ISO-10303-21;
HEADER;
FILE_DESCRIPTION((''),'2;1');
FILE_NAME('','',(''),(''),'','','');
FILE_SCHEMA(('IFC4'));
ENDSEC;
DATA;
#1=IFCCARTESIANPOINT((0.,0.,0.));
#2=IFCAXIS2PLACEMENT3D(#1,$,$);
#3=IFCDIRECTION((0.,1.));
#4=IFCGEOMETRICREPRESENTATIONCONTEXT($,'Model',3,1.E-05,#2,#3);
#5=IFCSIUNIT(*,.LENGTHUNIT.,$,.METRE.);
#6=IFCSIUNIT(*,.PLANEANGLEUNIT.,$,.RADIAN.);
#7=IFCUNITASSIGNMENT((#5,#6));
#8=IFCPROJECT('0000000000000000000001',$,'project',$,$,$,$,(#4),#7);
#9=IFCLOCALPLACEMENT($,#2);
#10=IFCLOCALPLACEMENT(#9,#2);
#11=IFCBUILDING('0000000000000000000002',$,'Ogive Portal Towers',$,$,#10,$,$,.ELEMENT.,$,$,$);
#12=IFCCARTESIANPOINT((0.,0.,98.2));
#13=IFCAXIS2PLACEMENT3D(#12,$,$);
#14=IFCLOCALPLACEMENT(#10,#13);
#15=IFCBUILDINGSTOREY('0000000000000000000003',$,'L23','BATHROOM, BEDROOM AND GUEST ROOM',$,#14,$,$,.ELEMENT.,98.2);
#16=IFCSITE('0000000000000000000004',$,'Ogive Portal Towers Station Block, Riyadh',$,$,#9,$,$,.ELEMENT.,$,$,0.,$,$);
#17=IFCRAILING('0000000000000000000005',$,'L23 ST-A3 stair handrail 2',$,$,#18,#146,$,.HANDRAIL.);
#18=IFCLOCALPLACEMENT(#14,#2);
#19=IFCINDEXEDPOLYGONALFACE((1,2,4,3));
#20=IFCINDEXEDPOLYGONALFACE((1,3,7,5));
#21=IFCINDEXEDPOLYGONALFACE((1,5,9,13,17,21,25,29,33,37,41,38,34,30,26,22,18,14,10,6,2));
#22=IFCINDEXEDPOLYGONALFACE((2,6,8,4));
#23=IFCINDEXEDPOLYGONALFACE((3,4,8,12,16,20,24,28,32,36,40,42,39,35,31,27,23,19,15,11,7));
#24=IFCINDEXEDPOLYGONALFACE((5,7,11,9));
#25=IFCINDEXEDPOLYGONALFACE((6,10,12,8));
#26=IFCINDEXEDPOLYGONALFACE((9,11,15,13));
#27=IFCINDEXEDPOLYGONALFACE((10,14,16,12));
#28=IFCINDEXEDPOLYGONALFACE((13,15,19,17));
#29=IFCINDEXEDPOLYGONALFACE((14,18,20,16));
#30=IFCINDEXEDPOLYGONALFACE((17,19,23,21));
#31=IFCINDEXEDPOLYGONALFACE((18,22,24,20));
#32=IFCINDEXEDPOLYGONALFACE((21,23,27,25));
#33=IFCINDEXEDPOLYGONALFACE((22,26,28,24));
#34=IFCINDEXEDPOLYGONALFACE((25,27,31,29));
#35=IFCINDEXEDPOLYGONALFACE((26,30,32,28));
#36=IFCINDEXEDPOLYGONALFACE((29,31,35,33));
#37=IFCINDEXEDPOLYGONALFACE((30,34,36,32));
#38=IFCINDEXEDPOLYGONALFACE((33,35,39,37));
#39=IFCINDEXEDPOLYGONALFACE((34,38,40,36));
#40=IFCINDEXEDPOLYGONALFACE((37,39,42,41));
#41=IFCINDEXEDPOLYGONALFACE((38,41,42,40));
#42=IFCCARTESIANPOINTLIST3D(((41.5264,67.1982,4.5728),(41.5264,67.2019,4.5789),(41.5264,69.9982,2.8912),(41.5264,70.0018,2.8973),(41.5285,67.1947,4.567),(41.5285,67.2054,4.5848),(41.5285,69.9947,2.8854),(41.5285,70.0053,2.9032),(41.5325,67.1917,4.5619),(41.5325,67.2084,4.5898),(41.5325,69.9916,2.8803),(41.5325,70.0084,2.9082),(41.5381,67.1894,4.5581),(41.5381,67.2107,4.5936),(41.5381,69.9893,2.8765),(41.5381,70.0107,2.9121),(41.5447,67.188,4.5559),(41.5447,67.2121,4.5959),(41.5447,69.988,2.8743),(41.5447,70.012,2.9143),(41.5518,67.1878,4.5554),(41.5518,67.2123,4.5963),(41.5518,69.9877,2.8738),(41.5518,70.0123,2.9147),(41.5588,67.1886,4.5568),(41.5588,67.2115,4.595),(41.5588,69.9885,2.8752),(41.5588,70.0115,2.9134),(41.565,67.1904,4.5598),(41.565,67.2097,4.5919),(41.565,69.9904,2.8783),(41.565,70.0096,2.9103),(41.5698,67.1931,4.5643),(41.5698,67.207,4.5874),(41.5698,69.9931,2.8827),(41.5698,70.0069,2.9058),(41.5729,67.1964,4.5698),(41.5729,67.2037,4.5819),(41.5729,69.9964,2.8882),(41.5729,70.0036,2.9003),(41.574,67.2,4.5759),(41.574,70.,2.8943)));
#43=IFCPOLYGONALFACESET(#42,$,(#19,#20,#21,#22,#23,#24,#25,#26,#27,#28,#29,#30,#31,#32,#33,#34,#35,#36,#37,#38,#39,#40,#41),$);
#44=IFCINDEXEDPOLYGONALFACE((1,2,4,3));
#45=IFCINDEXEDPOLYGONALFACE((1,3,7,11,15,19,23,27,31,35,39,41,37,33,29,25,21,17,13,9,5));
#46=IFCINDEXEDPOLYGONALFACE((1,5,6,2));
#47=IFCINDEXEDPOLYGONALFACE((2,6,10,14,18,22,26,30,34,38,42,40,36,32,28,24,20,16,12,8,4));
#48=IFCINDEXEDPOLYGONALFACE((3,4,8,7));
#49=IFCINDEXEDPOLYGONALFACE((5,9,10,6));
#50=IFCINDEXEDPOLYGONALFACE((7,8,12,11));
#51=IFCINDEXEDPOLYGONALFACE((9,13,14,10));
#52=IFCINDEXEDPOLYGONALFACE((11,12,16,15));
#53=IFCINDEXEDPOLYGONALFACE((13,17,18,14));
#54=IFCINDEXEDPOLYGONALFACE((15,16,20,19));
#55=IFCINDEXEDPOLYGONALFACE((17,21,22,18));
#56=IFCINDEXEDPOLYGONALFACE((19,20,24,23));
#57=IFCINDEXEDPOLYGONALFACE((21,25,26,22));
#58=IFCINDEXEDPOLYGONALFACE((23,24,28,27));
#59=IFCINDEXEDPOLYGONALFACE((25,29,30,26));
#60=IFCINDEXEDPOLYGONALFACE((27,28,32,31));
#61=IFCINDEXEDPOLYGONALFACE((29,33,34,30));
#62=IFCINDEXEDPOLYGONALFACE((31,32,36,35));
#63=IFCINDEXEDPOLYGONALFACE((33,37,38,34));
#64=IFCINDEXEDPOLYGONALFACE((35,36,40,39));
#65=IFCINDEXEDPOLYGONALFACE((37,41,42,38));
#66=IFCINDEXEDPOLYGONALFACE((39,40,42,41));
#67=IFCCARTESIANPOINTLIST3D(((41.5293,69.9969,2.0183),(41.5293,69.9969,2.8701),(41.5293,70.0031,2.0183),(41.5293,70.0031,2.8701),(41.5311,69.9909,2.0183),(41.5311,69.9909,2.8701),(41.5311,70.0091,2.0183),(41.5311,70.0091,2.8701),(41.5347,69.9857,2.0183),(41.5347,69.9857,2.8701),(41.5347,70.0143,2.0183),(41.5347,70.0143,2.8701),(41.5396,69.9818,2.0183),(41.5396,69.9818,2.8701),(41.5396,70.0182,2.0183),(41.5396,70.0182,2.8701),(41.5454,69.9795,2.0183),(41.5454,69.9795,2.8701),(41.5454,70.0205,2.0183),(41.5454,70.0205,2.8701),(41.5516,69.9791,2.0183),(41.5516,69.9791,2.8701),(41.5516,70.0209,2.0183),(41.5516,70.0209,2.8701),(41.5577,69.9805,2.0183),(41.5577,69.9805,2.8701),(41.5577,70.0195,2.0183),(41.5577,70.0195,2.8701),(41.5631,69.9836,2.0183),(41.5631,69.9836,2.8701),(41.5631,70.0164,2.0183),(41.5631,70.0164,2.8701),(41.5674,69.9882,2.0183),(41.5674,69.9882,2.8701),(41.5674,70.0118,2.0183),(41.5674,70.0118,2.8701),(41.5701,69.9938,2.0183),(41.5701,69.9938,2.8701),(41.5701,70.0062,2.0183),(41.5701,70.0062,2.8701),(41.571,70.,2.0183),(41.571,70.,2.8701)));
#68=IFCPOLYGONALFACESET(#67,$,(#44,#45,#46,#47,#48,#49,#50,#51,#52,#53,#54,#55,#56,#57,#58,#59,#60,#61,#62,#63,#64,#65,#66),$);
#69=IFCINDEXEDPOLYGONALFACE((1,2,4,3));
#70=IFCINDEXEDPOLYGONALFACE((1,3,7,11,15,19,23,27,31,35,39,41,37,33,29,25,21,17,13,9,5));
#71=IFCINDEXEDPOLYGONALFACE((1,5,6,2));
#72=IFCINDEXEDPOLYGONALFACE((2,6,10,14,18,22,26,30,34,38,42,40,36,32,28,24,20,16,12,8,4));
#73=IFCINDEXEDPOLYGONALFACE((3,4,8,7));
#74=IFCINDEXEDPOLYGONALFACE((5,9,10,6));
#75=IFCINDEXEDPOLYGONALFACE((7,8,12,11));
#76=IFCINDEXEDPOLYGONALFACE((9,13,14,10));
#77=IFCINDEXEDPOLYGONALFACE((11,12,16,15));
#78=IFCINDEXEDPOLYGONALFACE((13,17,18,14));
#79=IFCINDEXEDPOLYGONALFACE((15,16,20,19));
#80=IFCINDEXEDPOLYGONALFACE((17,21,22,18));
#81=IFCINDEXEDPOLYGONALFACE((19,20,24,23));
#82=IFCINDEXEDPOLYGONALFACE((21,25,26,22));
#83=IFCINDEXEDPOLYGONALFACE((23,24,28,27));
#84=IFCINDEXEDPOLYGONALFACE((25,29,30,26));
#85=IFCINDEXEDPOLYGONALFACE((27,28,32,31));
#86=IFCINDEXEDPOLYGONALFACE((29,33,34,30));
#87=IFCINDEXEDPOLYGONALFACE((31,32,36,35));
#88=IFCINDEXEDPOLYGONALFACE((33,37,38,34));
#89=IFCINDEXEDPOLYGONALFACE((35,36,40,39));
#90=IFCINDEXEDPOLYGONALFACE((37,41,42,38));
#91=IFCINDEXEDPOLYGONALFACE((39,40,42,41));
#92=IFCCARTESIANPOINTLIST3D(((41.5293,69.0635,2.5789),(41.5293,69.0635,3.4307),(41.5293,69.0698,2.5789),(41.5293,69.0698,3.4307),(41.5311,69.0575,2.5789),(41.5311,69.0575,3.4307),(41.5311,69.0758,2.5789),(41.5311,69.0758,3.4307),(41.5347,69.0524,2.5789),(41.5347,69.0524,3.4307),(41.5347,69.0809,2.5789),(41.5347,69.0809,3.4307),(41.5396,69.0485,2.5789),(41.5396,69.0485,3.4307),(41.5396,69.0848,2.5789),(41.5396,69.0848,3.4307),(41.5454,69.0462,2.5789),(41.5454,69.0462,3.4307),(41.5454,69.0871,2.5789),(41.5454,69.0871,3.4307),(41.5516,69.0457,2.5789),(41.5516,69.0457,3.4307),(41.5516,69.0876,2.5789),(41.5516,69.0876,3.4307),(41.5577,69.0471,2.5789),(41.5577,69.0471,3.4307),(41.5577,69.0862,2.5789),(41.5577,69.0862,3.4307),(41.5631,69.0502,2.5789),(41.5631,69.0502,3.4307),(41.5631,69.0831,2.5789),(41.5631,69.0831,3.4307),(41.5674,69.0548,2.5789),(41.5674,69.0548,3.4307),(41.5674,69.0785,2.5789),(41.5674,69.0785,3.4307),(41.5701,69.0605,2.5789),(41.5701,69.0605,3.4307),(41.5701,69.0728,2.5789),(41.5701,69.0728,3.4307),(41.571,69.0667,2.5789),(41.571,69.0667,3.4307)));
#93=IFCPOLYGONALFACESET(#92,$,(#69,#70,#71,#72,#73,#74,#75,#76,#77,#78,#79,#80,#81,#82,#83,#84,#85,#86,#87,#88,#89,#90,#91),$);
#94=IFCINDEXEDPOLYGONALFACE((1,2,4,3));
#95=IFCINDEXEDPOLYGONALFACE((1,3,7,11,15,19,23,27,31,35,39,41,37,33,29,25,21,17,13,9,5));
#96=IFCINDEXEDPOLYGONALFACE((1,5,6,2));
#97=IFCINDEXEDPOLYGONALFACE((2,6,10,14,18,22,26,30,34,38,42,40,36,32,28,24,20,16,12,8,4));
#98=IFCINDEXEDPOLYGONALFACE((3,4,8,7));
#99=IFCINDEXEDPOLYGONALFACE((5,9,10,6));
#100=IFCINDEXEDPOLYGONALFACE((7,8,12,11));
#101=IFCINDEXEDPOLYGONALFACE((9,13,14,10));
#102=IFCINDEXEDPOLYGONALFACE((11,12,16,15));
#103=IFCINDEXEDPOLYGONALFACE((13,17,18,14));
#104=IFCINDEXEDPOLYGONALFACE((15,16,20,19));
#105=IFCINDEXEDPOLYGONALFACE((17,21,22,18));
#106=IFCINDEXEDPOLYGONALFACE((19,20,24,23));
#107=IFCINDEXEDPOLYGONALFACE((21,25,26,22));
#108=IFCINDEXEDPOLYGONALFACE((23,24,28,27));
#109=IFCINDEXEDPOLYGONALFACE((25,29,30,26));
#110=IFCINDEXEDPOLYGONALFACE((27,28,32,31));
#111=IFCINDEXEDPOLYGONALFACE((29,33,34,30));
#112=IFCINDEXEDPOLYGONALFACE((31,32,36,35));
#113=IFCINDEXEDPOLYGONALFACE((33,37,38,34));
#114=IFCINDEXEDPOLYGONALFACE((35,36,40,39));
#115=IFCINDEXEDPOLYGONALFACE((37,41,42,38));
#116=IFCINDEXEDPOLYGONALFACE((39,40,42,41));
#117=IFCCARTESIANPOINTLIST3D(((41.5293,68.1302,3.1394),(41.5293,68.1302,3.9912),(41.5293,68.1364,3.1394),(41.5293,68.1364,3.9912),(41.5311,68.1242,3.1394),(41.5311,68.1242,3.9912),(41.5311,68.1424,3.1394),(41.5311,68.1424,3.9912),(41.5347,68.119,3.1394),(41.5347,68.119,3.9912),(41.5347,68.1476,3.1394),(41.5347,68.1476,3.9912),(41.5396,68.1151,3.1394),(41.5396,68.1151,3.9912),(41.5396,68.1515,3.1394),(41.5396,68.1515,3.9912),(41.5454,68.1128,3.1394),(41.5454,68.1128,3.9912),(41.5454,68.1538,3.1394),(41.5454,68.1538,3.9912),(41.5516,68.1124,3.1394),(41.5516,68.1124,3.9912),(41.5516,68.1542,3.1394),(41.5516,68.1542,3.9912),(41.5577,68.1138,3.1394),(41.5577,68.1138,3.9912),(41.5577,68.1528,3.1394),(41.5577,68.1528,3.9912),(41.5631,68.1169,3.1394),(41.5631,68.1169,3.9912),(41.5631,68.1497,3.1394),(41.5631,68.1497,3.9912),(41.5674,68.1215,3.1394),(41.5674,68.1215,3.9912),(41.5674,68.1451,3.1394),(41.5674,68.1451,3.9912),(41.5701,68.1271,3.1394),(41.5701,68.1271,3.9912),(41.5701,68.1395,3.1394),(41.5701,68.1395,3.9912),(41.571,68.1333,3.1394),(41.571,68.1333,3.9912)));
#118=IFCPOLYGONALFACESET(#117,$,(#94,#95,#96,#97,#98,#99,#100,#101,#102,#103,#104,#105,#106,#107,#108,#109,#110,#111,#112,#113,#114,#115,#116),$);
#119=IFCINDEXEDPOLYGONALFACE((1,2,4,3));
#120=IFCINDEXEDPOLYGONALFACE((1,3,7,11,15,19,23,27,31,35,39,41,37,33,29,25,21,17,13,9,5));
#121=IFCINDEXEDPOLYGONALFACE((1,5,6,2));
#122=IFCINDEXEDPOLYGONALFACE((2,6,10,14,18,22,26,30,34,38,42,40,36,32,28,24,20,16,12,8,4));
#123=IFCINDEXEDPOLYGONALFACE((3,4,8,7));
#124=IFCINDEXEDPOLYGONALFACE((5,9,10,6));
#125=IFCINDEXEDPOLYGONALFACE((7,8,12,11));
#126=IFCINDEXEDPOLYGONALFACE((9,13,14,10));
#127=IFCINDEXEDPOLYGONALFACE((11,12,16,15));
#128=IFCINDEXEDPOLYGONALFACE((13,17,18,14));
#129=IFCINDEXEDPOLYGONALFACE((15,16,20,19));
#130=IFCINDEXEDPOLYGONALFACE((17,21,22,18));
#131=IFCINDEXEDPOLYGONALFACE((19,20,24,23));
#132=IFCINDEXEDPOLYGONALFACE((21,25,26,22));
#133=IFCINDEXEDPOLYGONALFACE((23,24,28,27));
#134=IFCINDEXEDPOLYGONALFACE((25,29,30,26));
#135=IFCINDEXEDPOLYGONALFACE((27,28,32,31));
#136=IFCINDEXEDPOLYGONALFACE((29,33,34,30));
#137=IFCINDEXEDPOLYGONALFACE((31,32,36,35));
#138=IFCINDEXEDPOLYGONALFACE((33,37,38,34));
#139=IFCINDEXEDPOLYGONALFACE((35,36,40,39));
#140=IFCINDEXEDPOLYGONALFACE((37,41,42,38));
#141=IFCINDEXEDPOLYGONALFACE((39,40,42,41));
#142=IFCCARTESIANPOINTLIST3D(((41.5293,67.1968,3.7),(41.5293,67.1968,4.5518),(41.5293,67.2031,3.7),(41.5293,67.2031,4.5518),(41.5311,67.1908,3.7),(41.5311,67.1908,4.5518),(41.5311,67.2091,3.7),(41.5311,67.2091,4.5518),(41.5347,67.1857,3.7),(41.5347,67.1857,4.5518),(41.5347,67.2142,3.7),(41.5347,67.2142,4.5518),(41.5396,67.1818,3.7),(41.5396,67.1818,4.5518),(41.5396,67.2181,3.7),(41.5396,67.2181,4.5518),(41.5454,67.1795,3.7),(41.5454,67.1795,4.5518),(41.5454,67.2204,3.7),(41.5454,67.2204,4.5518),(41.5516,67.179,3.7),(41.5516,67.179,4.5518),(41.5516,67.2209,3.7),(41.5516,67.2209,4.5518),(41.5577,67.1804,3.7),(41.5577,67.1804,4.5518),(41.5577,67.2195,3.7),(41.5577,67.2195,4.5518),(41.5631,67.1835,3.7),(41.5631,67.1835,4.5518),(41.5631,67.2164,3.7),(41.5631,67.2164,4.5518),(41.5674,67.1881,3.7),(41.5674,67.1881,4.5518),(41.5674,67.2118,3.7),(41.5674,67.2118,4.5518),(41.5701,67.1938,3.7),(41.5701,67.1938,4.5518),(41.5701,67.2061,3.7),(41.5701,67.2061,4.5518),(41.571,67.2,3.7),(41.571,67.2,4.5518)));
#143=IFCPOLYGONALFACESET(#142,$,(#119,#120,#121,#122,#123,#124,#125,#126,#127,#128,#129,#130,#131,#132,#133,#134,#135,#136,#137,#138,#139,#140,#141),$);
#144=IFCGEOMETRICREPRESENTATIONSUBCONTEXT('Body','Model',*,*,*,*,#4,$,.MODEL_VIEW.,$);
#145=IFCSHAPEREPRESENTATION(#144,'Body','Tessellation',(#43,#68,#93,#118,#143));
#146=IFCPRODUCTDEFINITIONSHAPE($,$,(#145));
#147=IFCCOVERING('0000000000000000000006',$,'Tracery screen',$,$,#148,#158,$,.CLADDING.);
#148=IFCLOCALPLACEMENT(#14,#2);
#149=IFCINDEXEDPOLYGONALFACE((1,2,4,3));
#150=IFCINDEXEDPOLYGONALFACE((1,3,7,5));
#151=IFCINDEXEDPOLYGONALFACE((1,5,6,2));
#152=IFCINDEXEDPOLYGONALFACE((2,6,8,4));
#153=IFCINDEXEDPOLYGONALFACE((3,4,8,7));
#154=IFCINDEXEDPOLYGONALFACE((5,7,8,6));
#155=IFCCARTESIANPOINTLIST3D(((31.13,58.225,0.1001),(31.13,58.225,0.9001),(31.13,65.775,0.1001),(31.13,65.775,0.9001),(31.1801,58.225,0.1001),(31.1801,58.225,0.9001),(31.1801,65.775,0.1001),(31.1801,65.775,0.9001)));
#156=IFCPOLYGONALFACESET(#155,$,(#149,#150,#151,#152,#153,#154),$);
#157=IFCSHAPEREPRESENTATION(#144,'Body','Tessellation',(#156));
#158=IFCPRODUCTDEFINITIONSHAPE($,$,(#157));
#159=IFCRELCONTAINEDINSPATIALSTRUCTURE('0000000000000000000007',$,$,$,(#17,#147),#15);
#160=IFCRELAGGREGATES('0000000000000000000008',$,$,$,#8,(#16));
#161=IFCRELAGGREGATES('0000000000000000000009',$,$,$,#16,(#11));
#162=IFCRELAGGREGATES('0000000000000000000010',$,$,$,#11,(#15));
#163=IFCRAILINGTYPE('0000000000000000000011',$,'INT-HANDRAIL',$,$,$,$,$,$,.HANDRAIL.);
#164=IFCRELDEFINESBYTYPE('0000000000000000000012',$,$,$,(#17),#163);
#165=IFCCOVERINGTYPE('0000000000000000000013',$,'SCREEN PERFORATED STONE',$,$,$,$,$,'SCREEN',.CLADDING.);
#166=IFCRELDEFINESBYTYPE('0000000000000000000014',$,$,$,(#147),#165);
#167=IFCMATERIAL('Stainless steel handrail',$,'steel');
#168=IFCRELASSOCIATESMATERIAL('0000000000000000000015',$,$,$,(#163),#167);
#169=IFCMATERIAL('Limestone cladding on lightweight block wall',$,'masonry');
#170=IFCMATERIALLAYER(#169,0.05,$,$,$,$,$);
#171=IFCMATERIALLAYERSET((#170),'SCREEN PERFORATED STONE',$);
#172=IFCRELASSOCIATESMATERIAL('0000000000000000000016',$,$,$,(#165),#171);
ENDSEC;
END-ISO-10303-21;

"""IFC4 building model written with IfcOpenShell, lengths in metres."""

from ifc_helpers import new_model, si_unit, direction, frame, origin, origin_2d, place, context, subcontext, project, spatial, rectangle, circle, extrude, material, layer, layer_set, type_object, element, save


model = new_model("IFC4")

# Units and contexts
model_context = context("Model", 3, precision=1e-05, world=origin(), true_north=direction((0.0, 1.0)))
body_context = subcontext(model_context, "Body", "Model", "MODEL_VIEW")
ifc_project = project(units=[si_unit("LENGTHUNIT", "METRE"), si_unit("PLANEANGLEUNIT", "RADIAN")], contexts=[model_context])

# Site, building, storey
site_placement = place(None, origin())
site = spatial("IfcSite", under=ifc_project, at=site_placement, Name="Ogive Portal Towers Station Block, Riyadh", CompositionType="ELEMENT", RefElevation=0.0)
building_placement = place(site_placement, origin())
building = spatial("IfcBuilding", under=site, at=building_placement, Name="Ogive Portal Towers", CompositionType="ELEMENT")
storey_placement = place(building_placement, frame((0.0, 0.0, 98.2)))
storey = spatial("IfcBuildingStorey", under=building, at=storey_placement, Name="L23", Description="BATHROOM, BEDROOM AND GUEST ROOM", CompositionType="ELEMENT", Elevation=98.2)

# Shared definitions
ifc_material_1 = material(Name="Limestone cladding on lightweight block wall", Category="masonry")

# Railing
ifc_material_2 = material(Name="Stainless steel handrail", Category="steel")
railing_type = type_object("IfcRailingType", Name="INT-HANDRAIL", PredefinedType="HANDRAIL", material=ifc_material_2)
railing_placement = place(storey_placement, frame((41.55, 70.0, 2.0183)))
element("IfcRailing", 1, at=railing_placement, inside=storey, type_object=railing_type, Name="L23 ST-A3 stair handrail 2", PredefinedType="HANDRAIL", context=body_context, shape_type="SweptSolid", body=[
    extrude(circle(Radius=0.0239, at=origin_2d()), frame((0.0, 0.0, 0.876), z_axis=(0.0, -0.857275, 0.514858), x_axis=(1.0, 0.0, 0.0)), (0.0, 0.0, 1.0), 3.2661),
    extrude(circle(Radius=0.021, at=origin_2d()), origin(), (0.0, 0.0, 1.0), 0.8518),
    extrude(circle(Radius=0.021, at=origin_2d()), frame((0.0, -0.9333, 0.5605)), (0.0, 0.0, 1.0), 0.8518),
    extrude(circle(Radius=0.021, at=origin_2d()), frame((0.0, -1.8667, 1.1211)), (0.0, 0.0, 1.0), 0.8518),
    extrude(circle(Radius=0.021, at=origin_2d()), frame((0.0, -2.8, 1.6816)), (0.0, 0.0, 1.0), 0.8518),
])

# Covering
ifc_layer_1 = layer(ifc_material_1, 0.05)
ifc_layer_set_1 = layer_set([ifc_layer_1], Name="SCREEN PERFORATED STONE")
covering_type = type_object("IfcCoveringType", Name="SCREEN PERFORATED STONE", ElementType="SCREEN", PredefinedType="CLADDING", material=ifc_layer_set_1)
covering_placement = place(storey_placement, frame((31.155, 62.0, 0.1001), z_axis=(0.0, 0.0, 1.0), x_axis=(0.0, -1.0, 0.0)))
element("IfcCovering", 2, at=covering_placement, inside=storey, type_object=covering_type, Name="Tracery screen", PredefinedType="CLADDING", context=body_context, shape_type="SweptSolid", body=[
    extrude(rectangle(XDim=7.55, YDim=0.05, at=origin_2d()), origin(), (0.0, 0.0, 1.0), 0.8),
])

save(model, "model.ifc")
